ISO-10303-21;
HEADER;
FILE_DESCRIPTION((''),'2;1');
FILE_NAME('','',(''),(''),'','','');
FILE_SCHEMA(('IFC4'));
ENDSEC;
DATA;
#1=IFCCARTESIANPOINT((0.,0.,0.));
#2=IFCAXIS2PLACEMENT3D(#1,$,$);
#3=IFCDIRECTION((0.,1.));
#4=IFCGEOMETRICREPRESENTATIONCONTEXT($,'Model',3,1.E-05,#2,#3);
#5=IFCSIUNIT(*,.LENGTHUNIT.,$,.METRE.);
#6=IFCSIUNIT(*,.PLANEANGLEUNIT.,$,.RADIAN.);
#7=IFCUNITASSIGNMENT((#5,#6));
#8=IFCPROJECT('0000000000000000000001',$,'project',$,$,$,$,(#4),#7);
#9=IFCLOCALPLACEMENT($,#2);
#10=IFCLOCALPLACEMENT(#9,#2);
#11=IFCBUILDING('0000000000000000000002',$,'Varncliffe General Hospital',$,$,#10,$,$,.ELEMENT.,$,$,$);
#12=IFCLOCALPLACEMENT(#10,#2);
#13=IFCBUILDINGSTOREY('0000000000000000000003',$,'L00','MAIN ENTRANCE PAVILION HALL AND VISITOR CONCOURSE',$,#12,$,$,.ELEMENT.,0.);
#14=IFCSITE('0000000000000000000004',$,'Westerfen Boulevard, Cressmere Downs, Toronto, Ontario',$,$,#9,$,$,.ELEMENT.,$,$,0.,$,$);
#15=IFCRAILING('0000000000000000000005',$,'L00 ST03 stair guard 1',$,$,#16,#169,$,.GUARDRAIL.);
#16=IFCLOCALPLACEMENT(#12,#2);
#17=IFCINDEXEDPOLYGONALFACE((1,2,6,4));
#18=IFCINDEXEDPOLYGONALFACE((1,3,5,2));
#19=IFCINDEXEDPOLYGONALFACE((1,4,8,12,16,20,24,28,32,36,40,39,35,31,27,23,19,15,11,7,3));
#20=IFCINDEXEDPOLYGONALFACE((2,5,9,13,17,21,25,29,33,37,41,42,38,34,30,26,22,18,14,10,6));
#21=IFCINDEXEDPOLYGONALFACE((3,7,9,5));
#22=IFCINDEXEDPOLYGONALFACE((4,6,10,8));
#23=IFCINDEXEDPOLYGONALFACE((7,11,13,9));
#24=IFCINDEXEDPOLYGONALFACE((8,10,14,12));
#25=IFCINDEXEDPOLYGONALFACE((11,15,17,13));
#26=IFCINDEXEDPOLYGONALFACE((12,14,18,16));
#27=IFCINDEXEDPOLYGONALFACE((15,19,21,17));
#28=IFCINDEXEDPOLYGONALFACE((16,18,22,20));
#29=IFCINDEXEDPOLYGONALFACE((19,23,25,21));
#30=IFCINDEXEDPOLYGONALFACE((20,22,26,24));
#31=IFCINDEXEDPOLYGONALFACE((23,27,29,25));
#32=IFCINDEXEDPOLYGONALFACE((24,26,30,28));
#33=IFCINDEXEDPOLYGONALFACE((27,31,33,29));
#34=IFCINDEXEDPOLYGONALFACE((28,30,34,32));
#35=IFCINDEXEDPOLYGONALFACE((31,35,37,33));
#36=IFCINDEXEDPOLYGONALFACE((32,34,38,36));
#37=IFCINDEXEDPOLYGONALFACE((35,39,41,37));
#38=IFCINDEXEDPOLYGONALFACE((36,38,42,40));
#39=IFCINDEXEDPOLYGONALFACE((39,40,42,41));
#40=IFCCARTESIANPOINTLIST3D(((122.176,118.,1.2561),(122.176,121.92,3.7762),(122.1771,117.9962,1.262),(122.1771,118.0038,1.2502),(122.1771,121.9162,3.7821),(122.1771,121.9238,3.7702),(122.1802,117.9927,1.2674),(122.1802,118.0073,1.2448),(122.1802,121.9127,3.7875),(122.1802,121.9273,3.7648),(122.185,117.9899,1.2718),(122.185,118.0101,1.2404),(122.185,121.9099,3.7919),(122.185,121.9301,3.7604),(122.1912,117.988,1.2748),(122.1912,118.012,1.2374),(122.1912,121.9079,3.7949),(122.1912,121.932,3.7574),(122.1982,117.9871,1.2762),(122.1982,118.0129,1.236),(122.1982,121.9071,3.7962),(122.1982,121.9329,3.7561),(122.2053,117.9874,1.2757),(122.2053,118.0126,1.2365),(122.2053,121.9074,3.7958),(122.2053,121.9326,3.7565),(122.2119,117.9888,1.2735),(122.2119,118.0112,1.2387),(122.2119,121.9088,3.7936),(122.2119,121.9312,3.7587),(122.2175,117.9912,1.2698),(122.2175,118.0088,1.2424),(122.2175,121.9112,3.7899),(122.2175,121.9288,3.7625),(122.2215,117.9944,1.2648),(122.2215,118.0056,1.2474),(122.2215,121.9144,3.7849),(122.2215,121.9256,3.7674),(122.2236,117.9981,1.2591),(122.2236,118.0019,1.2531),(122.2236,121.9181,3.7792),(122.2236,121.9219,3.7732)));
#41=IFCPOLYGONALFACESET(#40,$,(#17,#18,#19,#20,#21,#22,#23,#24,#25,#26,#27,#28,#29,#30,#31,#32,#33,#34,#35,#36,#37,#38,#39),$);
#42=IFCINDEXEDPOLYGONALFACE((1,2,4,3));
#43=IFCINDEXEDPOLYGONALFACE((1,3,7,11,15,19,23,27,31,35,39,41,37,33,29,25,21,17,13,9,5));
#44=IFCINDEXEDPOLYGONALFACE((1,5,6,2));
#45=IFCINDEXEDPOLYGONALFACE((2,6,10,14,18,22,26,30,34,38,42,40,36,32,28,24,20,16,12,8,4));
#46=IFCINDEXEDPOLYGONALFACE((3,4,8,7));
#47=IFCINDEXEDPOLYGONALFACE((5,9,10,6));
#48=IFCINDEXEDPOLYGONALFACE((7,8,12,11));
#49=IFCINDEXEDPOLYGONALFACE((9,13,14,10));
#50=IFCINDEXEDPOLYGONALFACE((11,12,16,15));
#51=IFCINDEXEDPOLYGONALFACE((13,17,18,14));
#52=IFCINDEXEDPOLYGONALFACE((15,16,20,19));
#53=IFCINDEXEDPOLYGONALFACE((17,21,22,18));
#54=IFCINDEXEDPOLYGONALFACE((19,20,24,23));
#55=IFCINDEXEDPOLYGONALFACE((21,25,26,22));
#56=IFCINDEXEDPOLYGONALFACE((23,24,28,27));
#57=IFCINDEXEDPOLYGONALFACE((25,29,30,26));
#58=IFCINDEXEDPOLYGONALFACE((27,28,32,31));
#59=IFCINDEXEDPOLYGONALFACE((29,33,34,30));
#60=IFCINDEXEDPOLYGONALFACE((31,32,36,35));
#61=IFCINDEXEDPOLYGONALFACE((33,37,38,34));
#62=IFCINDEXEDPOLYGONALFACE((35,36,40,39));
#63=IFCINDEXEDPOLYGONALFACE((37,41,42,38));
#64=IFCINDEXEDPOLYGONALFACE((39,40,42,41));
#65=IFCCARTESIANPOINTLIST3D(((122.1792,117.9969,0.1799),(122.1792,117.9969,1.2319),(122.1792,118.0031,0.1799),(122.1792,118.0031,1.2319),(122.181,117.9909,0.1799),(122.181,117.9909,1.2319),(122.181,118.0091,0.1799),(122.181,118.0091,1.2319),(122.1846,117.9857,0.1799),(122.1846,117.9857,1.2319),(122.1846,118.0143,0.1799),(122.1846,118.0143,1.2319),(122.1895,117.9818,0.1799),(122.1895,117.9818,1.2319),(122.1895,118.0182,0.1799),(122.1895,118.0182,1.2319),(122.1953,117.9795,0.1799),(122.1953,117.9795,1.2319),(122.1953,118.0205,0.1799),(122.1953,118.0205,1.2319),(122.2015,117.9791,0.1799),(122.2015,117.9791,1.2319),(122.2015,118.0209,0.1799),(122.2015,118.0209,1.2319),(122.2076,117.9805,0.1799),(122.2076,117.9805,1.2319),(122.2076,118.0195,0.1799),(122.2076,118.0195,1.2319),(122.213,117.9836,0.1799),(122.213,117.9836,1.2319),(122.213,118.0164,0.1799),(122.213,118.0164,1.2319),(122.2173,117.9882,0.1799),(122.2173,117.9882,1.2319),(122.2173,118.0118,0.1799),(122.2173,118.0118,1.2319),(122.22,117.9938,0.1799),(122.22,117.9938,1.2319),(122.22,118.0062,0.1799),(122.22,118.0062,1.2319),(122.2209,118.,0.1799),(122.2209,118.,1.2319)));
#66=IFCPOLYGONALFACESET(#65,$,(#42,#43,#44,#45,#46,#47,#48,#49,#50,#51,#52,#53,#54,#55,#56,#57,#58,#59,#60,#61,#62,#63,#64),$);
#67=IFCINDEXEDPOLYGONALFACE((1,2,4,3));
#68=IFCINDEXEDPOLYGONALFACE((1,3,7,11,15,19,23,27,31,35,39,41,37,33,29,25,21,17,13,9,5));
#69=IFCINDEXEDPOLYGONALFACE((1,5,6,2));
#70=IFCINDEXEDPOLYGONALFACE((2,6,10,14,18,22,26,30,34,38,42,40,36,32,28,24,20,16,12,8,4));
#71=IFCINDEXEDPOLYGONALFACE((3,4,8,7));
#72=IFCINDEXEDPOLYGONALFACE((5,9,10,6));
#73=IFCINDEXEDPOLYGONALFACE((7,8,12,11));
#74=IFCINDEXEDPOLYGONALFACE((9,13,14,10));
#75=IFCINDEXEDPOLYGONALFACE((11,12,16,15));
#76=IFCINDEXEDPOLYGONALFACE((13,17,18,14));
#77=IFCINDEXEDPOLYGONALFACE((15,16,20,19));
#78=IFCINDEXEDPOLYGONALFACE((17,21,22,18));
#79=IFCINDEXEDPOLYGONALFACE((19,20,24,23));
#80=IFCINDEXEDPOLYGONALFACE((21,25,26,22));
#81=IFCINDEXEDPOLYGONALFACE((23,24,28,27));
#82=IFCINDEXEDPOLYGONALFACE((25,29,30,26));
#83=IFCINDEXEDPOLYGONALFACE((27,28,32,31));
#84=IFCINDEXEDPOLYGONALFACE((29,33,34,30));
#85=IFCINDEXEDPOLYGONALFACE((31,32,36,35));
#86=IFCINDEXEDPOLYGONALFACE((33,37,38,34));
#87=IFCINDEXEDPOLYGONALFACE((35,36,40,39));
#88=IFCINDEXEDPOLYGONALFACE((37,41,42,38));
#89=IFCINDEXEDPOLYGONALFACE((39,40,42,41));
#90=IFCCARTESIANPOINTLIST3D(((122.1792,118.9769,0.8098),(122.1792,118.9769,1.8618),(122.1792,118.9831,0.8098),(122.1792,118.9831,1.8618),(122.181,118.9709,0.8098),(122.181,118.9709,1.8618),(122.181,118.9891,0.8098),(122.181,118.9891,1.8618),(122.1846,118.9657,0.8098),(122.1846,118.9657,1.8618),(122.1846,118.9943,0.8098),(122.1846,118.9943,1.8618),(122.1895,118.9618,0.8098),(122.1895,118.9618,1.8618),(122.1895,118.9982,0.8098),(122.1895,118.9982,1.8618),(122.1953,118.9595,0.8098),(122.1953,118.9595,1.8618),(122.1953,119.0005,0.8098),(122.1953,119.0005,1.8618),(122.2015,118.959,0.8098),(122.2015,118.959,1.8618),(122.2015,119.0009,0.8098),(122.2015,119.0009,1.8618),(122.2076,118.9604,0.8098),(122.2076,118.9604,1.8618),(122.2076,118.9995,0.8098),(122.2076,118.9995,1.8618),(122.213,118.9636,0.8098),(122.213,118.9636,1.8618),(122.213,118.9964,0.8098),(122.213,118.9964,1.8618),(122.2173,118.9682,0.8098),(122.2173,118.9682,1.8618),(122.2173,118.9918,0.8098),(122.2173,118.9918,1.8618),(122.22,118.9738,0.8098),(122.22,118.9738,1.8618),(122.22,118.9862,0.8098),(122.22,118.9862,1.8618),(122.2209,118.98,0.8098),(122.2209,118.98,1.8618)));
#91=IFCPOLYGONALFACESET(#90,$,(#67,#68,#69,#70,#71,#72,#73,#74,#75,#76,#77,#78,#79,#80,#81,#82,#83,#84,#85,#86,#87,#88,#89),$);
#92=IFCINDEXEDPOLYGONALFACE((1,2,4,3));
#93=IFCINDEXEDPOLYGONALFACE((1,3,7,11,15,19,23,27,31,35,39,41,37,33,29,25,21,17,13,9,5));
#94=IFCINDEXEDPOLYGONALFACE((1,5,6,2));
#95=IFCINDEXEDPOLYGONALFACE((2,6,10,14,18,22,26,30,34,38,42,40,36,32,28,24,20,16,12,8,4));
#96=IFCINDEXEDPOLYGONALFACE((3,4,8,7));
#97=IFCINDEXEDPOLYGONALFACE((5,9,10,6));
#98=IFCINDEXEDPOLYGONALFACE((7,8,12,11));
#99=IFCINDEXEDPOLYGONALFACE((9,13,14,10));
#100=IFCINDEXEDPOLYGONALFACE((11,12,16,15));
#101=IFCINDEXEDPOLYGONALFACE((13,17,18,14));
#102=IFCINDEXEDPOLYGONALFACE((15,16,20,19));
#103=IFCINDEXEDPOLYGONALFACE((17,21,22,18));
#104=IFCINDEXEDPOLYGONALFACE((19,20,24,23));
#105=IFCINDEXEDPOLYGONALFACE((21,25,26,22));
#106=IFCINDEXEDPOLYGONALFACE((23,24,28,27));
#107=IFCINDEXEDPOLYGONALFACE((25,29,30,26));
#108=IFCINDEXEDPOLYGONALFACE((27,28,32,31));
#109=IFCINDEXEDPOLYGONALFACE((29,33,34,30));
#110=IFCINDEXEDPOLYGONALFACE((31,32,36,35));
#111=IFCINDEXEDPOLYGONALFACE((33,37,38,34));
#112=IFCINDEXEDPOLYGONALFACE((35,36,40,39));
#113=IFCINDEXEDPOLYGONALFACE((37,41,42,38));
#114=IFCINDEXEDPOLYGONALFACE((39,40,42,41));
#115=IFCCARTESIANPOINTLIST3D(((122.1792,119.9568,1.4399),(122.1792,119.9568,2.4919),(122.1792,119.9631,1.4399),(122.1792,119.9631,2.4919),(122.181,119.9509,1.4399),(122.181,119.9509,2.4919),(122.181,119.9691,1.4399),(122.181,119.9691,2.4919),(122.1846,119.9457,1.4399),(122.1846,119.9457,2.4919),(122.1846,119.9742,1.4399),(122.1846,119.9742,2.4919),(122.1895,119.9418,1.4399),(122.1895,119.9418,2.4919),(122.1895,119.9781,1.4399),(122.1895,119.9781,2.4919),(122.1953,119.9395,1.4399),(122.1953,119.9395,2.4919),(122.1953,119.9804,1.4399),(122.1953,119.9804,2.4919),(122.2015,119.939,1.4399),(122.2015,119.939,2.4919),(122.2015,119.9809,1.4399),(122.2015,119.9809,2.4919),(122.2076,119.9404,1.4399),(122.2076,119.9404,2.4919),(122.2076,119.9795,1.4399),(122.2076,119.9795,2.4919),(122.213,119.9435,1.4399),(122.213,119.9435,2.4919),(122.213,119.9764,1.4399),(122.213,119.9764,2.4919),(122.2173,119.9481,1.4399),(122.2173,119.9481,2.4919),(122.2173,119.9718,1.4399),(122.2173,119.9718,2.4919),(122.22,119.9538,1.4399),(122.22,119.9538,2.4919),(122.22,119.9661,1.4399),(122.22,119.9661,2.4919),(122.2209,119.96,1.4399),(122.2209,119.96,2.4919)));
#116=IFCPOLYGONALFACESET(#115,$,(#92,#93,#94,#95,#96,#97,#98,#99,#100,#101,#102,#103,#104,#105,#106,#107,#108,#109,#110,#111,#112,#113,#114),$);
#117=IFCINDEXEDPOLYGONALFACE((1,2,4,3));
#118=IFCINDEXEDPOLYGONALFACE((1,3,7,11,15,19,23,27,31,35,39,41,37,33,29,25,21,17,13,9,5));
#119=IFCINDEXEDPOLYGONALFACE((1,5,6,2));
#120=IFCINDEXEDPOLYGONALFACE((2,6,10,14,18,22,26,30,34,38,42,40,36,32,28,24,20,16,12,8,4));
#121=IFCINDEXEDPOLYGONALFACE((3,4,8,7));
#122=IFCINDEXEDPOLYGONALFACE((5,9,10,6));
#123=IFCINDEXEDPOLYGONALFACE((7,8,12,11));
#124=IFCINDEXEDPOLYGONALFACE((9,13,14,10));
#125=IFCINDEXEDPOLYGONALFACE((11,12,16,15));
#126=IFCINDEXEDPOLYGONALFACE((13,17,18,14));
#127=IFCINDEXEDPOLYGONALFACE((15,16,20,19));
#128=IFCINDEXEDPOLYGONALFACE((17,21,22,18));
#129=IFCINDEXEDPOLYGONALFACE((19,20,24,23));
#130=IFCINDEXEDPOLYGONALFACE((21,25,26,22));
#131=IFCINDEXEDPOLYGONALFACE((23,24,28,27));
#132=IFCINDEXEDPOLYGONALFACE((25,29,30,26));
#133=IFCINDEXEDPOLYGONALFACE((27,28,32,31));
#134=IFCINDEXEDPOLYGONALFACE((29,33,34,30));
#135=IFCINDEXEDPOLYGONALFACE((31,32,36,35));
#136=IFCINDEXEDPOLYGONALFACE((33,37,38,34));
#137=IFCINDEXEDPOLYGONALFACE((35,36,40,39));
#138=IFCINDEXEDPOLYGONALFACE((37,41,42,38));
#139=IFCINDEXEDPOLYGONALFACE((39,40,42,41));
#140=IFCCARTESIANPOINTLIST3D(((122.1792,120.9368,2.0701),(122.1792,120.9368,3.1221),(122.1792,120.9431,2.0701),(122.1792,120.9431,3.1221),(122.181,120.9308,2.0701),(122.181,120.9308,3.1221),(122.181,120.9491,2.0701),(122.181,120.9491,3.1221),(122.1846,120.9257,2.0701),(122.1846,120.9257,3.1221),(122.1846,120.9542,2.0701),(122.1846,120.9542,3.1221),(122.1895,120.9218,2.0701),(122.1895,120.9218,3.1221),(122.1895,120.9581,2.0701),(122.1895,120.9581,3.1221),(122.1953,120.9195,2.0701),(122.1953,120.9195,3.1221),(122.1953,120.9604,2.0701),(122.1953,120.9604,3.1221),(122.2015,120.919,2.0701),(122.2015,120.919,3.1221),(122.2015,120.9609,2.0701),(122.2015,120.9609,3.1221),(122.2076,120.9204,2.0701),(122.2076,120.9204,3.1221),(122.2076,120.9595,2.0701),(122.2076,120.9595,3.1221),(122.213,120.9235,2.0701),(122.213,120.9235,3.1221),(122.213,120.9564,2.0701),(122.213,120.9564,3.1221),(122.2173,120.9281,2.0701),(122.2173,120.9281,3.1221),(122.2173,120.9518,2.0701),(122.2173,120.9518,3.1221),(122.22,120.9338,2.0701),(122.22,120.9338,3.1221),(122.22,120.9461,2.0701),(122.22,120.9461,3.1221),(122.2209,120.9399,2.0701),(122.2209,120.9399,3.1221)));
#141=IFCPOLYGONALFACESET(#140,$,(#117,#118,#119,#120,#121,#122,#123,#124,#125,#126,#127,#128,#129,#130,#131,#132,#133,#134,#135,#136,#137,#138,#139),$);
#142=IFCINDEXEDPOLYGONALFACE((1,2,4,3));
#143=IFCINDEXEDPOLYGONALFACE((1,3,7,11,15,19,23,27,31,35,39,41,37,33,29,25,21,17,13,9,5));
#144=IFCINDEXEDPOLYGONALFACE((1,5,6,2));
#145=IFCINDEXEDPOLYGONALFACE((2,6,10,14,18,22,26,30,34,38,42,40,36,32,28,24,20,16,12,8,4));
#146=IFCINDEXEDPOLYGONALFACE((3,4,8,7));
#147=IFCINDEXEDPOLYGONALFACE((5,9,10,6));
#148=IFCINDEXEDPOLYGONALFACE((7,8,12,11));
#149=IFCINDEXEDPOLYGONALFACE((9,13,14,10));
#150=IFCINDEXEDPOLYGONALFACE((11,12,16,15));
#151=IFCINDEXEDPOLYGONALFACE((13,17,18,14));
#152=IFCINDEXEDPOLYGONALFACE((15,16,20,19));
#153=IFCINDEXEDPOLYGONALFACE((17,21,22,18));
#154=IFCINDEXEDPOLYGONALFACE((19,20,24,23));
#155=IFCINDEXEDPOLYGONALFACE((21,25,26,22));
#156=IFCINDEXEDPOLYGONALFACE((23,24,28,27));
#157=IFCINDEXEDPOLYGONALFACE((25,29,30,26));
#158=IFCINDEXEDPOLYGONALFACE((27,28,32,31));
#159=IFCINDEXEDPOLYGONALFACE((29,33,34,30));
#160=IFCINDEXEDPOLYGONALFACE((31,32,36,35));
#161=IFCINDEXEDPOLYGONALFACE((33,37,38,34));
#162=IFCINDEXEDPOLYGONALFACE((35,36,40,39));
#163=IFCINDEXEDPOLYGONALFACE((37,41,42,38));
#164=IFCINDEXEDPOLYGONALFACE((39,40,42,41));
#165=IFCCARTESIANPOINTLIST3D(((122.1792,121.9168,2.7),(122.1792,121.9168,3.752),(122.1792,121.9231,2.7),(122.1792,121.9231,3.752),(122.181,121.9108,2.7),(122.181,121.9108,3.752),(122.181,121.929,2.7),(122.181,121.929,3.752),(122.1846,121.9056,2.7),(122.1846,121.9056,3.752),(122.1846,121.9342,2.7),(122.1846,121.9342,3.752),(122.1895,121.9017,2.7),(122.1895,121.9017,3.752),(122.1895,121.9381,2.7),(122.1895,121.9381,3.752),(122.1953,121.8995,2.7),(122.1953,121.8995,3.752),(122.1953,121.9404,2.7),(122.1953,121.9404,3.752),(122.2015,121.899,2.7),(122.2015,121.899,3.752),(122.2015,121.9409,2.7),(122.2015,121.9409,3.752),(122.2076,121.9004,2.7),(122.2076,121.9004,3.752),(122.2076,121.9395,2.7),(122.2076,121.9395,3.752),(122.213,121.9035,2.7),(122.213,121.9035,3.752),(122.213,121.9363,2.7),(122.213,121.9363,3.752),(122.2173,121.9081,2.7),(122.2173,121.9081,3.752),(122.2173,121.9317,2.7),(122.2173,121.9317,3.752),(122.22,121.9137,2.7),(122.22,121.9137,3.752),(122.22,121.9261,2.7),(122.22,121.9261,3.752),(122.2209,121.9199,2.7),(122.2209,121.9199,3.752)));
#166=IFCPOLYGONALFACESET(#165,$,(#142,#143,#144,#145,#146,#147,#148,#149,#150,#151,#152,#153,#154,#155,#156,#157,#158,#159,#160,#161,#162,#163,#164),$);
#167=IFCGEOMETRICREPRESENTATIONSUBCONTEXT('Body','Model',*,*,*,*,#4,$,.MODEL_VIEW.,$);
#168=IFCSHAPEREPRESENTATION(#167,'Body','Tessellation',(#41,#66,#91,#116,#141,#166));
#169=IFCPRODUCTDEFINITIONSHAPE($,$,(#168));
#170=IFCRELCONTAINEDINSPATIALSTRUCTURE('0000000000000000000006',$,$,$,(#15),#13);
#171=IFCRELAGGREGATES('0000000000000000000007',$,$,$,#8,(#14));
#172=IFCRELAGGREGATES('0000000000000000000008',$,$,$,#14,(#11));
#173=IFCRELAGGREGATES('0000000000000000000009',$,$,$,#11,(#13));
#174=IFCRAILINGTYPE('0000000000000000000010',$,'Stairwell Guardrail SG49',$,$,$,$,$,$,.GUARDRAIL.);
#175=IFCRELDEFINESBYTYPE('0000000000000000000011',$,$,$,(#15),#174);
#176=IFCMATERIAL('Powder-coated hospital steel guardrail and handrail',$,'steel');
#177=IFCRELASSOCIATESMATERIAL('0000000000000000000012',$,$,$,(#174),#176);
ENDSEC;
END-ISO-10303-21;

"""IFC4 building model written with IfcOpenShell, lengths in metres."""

from ifc_helpers import new_model, si_unit, direction, frame, origin, origin_2d, place, context, subcontext, project, spatial, circle, extrude, material, type_object, element, save


model = new_model("IFC4")

# Units and contexts
model_context = context("Model", 3, precision=1e-05, world=origin(), true_north=direction((0.0, 1.0)))
body_context = subcontext(model_context, "Body", "Model", "MODEL_VIEW")
ifc_project = project(units=[si_unit("LENGTHUNIT", "METRE"), si_unit("PLANEANGLEUNIT", "RADIAN")], contexts=[model_context])

# Site, building, storey
site_placement = place(None, origin())
site = spatial("IfcSite", under=ifc_project, at=site_placement, Name="Westerfen Boulevard, Cressmere Downs, Toronto, Ontario", CompositionType="ELEMENT", RefElevation=0.0)
building_placement = place(site_placement, origin())
building = spatial("IfcBuilding", under=site, at=building_placement, Name="Varncliffe General Hospital", CompositionType="ELEMENT")
storey_placement = place(building_placement, origin())
storey = spatial("IfcBuildingStorey", under=building, at=storey_placement, Name="L00", Description="MAIN ENTRANCE PAVILION HALL AND VISITOR CONCOURSE", CompositionType="ELEMENT", Elevation=0.0)

# Railing
ifc_material_1 = material(Name="Powder-coated hospital steel guardrail and handrail", Category="steel")
railing_type_1 = type_object("IfcRailingType", Name="Stairwell Guardrail SG49", PredefinedType="GUARDRAIL", material=ifc_material_1)
railing_1_placement = place(storey_placement, frame((122.2, 118.0, 0.1799)))
element("IfcRailing", 1, at=railing_1_placement, inside=storey, type_object=railing_type_1, Name="L00 ST03 stair guard 1", PredefinedType="GUARDRAIL", context=body_context, shape_type="SweptSolid", body=[
    extrude(circle(Radius=0.0239, at=origin_2d()), frame((0.0, 0.0, 1.0762), z_axis=(0.0, 0.841172, 0.540768), x_axis=(-1.0, 0.0, 0.0)), (0.0, 0.0, 1.0), 4.6602),
    extrude(circle(Radius=0.021, at=origin_2d()), origin(), (0.0, 0.0, 1.0), 1.052),
    extrude(circle(Radius=0.021, at=origin_2d()), frame((0.0, 0.98, 0.6299)), (0.0, 0.0, 1.0), 1.052),
    extrude(circle(Radius=0.021, at=origin_2d()), frame((0.0, 1.96, 1.26)), (0.0, 0.0, 1.0), 1.052),
    extrude(circle(Radius=0.021, at=origin_2d()), frame((0.0, 2.9399, 1.8901)), (0.0, 0.0, 1.0), 1.052),
    extrude(circle(Radius=0.021, at=origin_2d()), frame((0.0, 3.9199, 2.52)), (0.0, 0.0, 1.0), 1.052),
])

save(model, "model.ifc")
